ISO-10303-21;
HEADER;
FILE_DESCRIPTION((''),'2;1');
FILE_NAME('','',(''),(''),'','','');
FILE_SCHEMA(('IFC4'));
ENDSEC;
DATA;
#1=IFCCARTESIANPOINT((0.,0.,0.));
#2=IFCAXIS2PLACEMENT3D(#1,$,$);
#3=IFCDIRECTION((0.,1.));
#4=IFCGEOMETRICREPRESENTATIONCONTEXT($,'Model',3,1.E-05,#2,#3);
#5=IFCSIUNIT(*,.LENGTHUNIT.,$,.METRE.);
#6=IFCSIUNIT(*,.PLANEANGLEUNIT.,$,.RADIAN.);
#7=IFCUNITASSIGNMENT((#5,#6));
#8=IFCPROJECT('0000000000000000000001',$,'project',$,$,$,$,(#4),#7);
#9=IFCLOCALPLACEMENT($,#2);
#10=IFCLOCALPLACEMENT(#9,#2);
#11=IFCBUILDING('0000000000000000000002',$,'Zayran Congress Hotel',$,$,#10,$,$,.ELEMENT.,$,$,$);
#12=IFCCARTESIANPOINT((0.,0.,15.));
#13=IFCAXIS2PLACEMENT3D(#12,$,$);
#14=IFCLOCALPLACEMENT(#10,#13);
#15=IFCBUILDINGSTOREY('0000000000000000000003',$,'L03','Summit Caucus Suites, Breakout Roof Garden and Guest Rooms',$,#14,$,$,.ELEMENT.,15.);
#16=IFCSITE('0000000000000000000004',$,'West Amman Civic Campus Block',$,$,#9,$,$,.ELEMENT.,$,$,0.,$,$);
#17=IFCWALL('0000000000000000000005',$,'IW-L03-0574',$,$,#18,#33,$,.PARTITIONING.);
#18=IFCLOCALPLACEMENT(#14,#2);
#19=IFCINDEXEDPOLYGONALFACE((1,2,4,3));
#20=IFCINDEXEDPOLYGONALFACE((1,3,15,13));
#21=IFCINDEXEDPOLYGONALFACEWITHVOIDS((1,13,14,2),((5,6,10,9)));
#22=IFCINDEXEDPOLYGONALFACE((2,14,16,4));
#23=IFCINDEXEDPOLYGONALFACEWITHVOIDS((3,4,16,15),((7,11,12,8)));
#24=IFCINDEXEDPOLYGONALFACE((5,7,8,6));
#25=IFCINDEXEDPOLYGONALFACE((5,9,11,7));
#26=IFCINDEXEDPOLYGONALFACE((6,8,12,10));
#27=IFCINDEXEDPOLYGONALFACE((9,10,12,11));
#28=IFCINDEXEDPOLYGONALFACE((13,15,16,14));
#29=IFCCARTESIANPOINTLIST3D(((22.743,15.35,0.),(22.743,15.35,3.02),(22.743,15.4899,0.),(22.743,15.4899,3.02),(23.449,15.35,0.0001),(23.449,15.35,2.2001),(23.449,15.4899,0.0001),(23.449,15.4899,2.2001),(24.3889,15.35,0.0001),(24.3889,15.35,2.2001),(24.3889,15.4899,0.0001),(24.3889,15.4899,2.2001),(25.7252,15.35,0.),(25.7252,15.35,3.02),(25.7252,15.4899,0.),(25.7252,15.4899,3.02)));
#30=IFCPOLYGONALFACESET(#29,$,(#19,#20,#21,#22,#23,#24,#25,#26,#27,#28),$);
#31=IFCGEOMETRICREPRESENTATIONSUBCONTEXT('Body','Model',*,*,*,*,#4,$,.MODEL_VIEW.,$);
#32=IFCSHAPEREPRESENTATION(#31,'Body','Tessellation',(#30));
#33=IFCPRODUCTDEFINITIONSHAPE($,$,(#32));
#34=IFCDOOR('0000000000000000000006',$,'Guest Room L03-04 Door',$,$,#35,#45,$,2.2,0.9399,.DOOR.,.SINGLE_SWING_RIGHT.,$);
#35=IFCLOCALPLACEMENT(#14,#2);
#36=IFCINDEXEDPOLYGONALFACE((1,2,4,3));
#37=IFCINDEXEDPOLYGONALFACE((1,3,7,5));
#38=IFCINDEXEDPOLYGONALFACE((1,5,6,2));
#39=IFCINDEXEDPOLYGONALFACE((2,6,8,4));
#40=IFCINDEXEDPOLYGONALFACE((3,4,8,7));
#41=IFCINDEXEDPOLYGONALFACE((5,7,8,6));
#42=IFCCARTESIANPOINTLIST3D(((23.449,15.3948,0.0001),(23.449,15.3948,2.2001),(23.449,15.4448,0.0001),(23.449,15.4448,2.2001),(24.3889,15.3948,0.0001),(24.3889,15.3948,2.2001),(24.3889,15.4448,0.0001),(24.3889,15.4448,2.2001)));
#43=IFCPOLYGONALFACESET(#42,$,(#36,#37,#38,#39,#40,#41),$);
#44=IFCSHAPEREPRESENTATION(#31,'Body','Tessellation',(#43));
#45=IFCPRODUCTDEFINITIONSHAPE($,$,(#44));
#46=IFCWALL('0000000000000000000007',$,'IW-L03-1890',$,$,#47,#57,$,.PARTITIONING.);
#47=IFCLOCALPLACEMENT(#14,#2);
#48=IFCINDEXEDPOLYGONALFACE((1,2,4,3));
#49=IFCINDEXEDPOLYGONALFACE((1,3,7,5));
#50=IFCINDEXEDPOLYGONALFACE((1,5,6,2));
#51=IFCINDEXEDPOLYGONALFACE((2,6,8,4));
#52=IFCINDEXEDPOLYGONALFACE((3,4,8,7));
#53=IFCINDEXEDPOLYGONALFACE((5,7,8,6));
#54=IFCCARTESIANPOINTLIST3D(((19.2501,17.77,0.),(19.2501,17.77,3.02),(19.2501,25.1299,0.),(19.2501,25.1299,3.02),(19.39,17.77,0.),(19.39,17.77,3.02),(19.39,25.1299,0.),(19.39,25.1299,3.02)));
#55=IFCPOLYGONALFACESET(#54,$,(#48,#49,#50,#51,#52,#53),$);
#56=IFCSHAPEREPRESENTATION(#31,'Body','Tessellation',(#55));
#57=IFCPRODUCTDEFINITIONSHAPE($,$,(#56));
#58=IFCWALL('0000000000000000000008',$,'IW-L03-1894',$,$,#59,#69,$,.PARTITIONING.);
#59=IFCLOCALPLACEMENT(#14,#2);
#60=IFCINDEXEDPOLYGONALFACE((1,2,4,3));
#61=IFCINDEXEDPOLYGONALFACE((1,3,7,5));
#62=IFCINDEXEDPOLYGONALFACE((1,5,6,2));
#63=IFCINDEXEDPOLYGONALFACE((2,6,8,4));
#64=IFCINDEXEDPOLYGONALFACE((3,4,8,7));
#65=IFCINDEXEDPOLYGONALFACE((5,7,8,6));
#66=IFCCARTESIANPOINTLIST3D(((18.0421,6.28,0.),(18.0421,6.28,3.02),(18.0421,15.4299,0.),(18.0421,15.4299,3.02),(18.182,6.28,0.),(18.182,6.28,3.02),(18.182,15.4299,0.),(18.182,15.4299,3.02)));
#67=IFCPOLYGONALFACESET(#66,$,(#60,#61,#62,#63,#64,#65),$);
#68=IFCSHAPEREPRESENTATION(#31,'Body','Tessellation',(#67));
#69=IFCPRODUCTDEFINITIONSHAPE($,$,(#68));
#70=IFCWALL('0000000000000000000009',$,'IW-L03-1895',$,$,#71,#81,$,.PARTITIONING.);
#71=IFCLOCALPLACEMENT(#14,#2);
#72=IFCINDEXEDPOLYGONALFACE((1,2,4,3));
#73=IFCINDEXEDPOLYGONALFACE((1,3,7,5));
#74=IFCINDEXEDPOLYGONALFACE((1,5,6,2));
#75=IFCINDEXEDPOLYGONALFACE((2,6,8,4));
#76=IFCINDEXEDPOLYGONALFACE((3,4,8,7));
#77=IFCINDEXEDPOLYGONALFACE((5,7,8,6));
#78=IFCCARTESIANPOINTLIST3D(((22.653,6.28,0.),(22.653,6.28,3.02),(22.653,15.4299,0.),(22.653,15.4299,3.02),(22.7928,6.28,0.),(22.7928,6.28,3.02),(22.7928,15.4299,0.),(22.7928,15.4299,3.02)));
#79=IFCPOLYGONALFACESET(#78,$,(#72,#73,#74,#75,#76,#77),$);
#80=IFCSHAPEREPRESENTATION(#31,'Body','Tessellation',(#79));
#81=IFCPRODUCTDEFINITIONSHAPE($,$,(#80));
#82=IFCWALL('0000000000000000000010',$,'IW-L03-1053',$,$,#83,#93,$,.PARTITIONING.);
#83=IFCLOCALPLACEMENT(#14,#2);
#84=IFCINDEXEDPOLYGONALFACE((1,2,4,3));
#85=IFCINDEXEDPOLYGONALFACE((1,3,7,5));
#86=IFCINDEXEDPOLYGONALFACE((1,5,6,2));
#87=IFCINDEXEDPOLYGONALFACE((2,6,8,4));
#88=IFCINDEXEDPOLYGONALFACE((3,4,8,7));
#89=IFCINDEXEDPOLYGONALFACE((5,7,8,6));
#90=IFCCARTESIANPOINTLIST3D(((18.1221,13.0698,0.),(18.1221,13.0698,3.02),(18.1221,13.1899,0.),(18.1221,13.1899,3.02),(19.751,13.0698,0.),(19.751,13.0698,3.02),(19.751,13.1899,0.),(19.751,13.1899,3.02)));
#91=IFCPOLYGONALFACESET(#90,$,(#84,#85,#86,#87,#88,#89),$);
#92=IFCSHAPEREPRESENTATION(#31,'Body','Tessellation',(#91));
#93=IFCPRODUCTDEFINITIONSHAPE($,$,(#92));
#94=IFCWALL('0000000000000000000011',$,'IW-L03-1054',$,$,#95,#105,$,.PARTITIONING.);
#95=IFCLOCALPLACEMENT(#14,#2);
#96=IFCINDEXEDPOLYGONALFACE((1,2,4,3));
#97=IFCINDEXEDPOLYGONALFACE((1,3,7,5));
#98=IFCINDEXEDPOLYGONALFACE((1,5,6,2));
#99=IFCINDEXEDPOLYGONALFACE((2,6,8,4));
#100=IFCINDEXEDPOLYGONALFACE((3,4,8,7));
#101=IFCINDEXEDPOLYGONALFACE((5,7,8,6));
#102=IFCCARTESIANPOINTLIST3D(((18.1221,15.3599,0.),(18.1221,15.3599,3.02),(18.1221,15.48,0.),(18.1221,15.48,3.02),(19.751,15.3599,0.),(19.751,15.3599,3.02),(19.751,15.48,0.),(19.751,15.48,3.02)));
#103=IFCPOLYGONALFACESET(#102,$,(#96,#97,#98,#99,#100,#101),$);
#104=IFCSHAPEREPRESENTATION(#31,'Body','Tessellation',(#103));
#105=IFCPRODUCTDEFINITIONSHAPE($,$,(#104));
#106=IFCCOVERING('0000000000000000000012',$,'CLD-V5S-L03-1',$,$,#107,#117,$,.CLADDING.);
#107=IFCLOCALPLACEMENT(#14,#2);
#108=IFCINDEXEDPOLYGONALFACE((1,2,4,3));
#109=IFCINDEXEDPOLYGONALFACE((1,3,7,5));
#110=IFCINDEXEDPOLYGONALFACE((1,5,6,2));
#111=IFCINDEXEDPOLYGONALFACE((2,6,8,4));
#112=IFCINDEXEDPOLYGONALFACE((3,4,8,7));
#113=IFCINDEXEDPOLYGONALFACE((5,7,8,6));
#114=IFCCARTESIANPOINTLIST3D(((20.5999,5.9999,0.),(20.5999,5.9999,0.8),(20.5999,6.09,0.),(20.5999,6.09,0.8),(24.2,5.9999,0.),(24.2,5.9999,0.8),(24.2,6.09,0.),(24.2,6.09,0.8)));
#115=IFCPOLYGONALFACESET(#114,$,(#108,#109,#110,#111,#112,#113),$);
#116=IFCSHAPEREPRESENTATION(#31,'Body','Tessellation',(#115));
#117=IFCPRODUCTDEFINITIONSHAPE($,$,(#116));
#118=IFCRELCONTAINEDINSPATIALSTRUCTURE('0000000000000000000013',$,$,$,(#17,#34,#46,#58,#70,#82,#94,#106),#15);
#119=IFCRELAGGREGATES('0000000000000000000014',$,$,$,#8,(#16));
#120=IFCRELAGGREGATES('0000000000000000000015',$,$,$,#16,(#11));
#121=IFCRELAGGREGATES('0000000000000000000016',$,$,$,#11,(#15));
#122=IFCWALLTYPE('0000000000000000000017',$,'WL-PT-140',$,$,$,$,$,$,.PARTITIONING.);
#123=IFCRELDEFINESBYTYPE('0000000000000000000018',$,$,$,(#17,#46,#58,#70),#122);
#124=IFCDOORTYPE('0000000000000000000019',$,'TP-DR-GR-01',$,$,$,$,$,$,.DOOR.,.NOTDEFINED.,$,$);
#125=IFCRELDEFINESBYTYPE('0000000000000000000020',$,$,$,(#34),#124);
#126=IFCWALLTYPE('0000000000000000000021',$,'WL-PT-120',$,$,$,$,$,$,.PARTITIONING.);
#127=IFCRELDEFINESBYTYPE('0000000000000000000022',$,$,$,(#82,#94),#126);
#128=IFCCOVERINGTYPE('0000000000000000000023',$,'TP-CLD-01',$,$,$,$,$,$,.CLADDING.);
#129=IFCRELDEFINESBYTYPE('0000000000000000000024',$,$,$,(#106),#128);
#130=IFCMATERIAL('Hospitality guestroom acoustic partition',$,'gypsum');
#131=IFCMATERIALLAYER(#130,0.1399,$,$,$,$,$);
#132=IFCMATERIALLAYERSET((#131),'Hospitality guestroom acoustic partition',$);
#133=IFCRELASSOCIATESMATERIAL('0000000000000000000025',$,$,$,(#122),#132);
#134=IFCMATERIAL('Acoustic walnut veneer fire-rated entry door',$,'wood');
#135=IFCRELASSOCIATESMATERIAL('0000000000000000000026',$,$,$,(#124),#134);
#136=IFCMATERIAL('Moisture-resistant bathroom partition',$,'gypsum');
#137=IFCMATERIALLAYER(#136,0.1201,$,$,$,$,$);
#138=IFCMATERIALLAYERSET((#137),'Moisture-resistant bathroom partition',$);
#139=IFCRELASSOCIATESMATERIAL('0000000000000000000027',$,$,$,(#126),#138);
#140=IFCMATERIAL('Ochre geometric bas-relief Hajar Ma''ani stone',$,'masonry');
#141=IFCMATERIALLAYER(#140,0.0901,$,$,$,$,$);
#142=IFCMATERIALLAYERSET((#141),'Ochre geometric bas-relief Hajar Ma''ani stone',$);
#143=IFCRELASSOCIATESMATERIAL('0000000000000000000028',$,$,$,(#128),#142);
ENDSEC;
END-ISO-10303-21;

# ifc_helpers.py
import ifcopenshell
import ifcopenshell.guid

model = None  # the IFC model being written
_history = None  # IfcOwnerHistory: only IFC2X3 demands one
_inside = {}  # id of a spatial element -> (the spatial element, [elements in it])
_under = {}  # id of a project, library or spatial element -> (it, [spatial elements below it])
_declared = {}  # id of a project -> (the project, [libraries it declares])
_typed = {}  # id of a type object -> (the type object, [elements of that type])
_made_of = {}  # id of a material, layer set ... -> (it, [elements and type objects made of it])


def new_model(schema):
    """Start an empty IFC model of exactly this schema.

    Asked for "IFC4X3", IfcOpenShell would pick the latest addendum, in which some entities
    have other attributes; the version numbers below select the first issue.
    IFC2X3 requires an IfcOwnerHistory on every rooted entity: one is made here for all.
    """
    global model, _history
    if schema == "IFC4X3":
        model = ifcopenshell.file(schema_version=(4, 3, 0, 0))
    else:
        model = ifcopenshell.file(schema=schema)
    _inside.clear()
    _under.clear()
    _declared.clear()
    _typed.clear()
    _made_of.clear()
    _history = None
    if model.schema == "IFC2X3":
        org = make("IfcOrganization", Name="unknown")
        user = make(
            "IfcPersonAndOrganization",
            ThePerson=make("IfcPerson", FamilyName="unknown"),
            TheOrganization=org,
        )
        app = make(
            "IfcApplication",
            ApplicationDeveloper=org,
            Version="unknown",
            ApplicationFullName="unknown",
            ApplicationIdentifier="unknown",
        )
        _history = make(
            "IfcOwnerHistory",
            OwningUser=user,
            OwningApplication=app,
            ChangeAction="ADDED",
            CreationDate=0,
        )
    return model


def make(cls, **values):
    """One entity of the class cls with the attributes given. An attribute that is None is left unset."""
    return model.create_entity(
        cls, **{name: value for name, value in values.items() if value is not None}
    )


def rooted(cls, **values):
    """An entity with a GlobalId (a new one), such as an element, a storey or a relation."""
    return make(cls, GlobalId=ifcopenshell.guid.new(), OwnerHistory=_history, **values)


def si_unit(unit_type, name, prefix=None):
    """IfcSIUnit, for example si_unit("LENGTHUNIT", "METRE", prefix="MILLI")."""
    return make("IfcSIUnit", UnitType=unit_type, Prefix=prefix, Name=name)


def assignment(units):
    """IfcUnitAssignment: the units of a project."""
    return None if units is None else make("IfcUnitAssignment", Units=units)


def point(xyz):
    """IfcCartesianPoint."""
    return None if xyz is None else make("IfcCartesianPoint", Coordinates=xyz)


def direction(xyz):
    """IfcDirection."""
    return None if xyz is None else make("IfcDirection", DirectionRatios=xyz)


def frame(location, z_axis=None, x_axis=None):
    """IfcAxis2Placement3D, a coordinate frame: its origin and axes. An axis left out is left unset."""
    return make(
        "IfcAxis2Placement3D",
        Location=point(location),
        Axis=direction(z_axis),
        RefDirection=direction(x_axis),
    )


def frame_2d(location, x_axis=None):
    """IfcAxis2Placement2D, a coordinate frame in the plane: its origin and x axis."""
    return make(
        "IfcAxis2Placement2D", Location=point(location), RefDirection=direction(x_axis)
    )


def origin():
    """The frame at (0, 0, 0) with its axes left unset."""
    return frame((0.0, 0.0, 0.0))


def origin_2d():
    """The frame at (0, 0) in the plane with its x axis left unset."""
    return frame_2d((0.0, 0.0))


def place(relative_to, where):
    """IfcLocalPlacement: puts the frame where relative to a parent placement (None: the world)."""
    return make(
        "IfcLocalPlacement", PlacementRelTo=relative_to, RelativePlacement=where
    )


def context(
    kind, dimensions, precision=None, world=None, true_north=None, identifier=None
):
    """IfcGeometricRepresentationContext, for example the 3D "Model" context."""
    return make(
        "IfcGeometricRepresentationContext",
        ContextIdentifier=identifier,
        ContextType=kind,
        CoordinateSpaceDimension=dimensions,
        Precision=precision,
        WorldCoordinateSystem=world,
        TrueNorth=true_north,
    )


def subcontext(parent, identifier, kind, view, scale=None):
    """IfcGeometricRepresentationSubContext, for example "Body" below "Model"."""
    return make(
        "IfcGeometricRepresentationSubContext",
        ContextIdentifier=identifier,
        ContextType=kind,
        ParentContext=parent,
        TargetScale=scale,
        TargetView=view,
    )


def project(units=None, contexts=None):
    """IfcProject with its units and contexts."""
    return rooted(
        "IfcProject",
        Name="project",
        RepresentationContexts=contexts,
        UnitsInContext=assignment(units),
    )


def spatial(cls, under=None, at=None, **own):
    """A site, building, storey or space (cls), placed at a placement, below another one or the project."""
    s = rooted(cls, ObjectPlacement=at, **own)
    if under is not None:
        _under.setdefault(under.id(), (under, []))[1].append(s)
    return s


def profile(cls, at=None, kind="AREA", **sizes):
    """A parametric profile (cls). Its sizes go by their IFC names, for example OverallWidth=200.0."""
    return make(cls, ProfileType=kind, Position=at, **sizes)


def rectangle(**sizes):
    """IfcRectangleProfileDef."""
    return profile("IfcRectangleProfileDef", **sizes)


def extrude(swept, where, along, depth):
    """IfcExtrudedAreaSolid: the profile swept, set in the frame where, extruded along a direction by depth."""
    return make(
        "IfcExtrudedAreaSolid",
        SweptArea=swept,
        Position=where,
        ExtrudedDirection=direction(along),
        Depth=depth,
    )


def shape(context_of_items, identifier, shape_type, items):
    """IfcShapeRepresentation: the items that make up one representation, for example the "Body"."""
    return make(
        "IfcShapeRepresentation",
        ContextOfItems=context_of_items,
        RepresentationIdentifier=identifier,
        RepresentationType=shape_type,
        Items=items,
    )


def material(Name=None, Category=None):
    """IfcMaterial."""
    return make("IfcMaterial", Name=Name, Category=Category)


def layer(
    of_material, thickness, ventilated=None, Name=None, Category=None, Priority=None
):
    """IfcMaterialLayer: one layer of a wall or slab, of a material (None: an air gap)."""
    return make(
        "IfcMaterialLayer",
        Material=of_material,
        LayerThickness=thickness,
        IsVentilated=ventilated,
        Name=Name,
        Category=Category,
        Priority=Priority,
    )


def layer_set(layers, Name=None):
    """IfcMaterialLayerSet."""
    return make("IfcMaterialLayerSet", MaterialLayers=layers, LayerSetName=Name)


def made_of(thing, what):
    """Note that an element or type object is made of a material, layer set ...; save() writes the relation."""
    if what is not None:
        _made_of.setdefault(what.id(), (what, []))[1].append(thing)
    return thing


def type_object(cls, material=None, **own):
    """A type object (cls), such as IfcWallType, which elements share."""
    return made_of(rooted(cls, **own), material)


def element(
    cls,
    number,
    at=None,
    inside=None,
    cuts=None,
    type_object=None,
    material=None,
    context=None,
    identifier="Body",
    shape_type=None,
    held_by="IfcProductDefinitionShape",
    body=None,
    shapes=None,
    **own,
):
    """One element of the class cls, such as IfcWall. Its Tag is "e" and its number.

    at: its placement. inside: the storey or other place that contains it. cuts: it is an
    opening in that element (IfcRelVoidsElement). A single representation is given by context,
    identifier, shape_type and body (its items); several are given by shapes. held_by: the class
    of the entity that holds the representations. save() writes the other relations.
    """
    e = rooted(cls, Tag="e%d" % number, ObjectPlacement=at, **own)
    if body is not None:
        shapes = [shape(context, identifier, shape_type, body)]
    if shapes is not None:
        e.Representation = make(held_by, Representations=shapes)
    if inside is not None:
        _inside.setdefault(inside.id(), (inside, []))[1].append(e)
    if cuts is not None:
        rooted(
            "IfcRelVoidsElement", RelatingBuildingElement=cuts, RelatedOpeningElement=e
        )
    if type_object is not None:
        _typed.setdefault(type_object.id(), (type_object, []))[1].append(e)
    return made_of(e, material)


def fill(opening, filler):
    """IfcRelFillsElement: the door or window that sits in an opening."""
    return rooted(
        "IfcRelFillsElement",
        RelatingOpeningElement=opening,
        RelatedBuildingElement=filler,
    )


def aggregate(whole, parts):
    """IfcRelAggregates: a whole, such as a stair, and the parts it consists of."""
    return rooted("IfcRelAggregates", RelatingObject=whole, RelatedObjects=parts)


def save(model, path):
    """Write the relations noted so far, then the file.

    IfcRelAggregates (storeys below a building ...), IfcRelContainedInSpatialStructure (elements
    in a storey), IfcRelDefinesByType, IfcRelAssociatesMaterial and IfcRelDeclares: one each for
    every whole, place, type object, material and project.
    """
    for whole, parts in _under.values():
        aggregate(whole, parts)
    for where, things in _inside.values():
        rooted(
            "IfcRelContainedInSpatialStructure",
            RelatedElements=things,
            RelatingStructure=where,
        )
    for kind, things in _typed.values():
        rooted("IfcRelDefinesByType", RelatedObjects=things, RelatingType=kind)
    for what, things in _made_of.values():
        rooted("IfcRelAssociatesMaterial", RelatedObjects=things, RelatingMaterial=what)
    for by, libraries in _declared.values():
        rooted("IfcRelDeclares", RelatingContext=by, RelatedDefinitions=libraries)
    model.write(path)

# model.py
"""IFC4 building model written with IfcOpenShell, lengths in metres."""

from ifc_helpers import new_model, si_unit, direction, frame, frame_2d, origin, origin_2d, place, context, subcontext, project, spatial, rectangle, extrude, material, layer, layer_set, type_object, element, fill, save


model = new_model("IFC4")

# Units and contexts
model_context = context("Model", 3, precision=1e-05, world=origin(), true_north=direction((0.0, 1.0)))
body_context = subcontext(model_context, "Body", "Model", "MODEL_VIEW")
ifc_project = project(units=[si_unit("LENGTHUNIT", "METRE"), si_unit("PLANEANGLEUNIT", "RADIAN")], contexts=[model_context])

# Site, building, storey
site_placement = place(None, origin())
site = spatial("IfcSite", under=ifc_project, at=site_placement, Name="West Amman Civic Campus Block", CompositionType="ELEMENT", RefElevation=0.0)
building_placement = place(site_placement, origin())
building = spatial("IfcBuilding", under=site, at=building_placement, Name="Zayran Congress Hotel", CompositionType="ELEMENT")
storey_placement = place(building_placement, frame((0.0, 0.0, 15.0)))
storey = spatial("IfcBuildingStorey", under=building, at=storey_placement, Name="L03", Description="Summit Caucus Suites, Breakout Roof Garden and Guest Rooms", CompositionType="ELEMENT", Elevation=15.0)

# Shared definitions
ifc_material_1 = material(Name="Hospitality guestroom acoustic partition", Category="gypsum")
ifc_layer_1 = layer(ifc_material_1, 0.1399)
ifc_layer_set_1 = layer_set([ifc_layer_1], Name="Hospitality guestroom acoustic partition")
wall_type_1 = type_object("IfcWallType", Name="WL-PT-140", PredefinedType="PARTITIONING", material=ifc_layer_set_1)

# Wall, opening, door
ifc_material_2 = material(Name="Acoustic walnut veneer fire-rated entry door", Category="wood")
door_type_1 = type_object("IfcDoorType", Name="TP-DR-GR-01", OperationType="NOTDEFINED", PredefinedType="DOOR", material=ifc_material_2)
wall_1_placement = place(storey_placement, frame((22.7429, 15.4199, 0.0), z_axis=(0.0, 0.0, 1.0), x_axis=(1.0, 0.0, 0.0)))
wall_1 = element("IfcWall", 1, at=wall_1_placement, inside=storey, type_object=wall_type_1, Name="IW-L03-0574", PredefinedType="PARTITIONING", context=body_context, shape_type="SweptSolid", body=[
    extrude(rectangle(XDim=2.9822, YDim=0.1399, at=frame_2d((1.4912, 0.0))), origin(), (0.0, 0.0, 1.0), 3.02),
])
opening_1_placement = place(wall_1_placement, frame((0.7061, 0.0, 0.0)))
opening_1 = element("IfcOpeningElement", 2, at=opening_1_placement, cuts=wall_1, PredefinedType="OPENING", context=body_context, shape_type="SweptSolid", body=[
    extrude(rectangle(XDim=0.9399, YDim=2.2, at=frame_2d((0.47, 1.1001))), frame((0.0, 0.0798, 0.0), z_axis=(0.0, -1.0, 0.0), x_axis=(1.0, 0.0, 0.0)), (0.0, 0.0, 1.0), 0.1599),
])
door_1_placement = place(opening_1_placement, origin())
door_1 = element("IfcDoor", 3, at=door_1_placement, inside=storey, type_object=door_type_1, Name="Guest Room L03-04 Door", OperationType="SINGLE_SWING_RIGHT", OverallHeight=2.2, OverallWidth=0.9399, PredefinedType="DOOR", context=body_context, shape_type="SweptSolid", body=[
    extrude(rectangle(XDim=0.9399, YDim=2.2, at=frame_2d((0.47, 1.1001))), frame((0.0, 0.0249, 0.0), z_axis=(0.0, -1.0, 0.0), x_axis=(1.0, 0.0, 0.0)), (0.0, 0.0, 1.0), 0.05),
])
fill(opening_1, door_1)

# Walls
wall_2_placement = place(storey_placement, frame((19.3201, 17.77, 0.0), z_axis=(0.0, 0.0, 1.0), x_axis=(0.0, 1.0, 0.0)))
element("IfcWall", 4, at=wall_2_placement, inside=storey, type_object=wall_type_1, Name="IW-L03-1890", PredefinedType="PARTITIONING", context=body_context, shape_type="SweptSolid", body=[
    extrude(rectangle(XDim=7.3599, YDim=0.1399, at=frame_2d((3.6799, 0.0))), origin(), (0.0, 0.0, 1.0), 3.02),
])
for number, where, z_axis, x_axis, name in (
    (5, (18.1121, 6.28, 0.0), (0.0, 0.0, 1.0), (0.0, 1.0, 0.0), "IW-L03-1894"),
    (6, (22.7229, 6.28, 0.0), (0.0, 0.0, 1.0), (0.0, 1.0, 0.0), "IW-L03-1895"),
):
    element("IfcWall", number, at=place(storey_placement, frame(where, z_axis=z_axis, x_axis=x_axis)), inside=storey, type_object=wall_type_1, Name=name, PredefinedType="PARTITIONING", context=body_context, shape_type="SweptSolid", body=[
        extrude(rectangle(XDim=9.1499, YDim=0.1399, at=frame_2d((4.575, 0.0))), origin(), (0.0, 0.0, 1.0), 3.02),
    ])

# Shared definitions
ifc_material_3 = material(Name="Moisture-resistant bathroom partition", Category="gypsum")
ifc_layer_2 = layer(ifc_material_3, 0.1201)
ifc_layer_set_2 = layer_set([ifc_layer_2], Name="Moisture-resistant bathroom partition")
wall_type_2 = type_object("IfcWallType", Name="WL-PT-120", PredefinedType="PARTITIONING", material=ifc_layer_set_2)

# Walls
for number, where, z_axis, x_axis, name in (
    (7, (18.1221, 13.1299, 0.0), (0.0, 0.0, 1.0), (1.0, 0.0, 0.0), "IW-L03-1053"),
    (8, (18.1221, 15.4199, 0.0), (0.0, 0.0, 1.0), (1.0, 0.0, 0.0), "IW-L03-1054"),
):
    element("IfcWall", number, at=place(storey_placement, frame(where, z_axis=z_axis, x_axis=x_axis)), inside=storey, type_object=wall_type_2, Name=name, PredefinedType="PARTITIONING", context=body_context, shape_type="SweptSolid", body=[
        extrude(rectangle(XDim=1.6289, YDim=0.1201, at=frame_2d((0.8145, 0.0))), origin(), (0.0, 0.0, 1.0), 3.02),
    ])

# Covering
ifc_material_4 = material(Name="Ochre geometric bas-relief Hajar Ma'ani stone", Category="masonry")
ifc_layer_3 = layer(ifc_material_4, 0.0901)
ifc_layer_set_3 = layer_set([ifc_layer_3], Name="Ochre geometric bas-relief Hajar Ma'ani stone")
covering_type = type_object("IfcCoveringType", Name="TP-CLD-01", PredefinedType="CLADDING", material=ifc_layer_set_3)
covering_placement = place(storey_placement, frame((22.3999, 6.0449, 0.0), z_axis=(0.0, 0.0, 1.0), x_axis=(1.0, 0.0, 0.0)))
element("IfcCovering", 9, at=covering_placement, inside=storey, type_object=covering_type, Name="CLD-V5S-L03-1", PredefinedType="CLADDING", context=body_context, shape_type="SweptSolid", body=[
    extrude(rectangle(XDim=3.6001, YDim=0.0901, at=origin_2d()), origin(), (0.0, 0.0, 1.0), 0.8),
])

save(model, "model.ifc")
